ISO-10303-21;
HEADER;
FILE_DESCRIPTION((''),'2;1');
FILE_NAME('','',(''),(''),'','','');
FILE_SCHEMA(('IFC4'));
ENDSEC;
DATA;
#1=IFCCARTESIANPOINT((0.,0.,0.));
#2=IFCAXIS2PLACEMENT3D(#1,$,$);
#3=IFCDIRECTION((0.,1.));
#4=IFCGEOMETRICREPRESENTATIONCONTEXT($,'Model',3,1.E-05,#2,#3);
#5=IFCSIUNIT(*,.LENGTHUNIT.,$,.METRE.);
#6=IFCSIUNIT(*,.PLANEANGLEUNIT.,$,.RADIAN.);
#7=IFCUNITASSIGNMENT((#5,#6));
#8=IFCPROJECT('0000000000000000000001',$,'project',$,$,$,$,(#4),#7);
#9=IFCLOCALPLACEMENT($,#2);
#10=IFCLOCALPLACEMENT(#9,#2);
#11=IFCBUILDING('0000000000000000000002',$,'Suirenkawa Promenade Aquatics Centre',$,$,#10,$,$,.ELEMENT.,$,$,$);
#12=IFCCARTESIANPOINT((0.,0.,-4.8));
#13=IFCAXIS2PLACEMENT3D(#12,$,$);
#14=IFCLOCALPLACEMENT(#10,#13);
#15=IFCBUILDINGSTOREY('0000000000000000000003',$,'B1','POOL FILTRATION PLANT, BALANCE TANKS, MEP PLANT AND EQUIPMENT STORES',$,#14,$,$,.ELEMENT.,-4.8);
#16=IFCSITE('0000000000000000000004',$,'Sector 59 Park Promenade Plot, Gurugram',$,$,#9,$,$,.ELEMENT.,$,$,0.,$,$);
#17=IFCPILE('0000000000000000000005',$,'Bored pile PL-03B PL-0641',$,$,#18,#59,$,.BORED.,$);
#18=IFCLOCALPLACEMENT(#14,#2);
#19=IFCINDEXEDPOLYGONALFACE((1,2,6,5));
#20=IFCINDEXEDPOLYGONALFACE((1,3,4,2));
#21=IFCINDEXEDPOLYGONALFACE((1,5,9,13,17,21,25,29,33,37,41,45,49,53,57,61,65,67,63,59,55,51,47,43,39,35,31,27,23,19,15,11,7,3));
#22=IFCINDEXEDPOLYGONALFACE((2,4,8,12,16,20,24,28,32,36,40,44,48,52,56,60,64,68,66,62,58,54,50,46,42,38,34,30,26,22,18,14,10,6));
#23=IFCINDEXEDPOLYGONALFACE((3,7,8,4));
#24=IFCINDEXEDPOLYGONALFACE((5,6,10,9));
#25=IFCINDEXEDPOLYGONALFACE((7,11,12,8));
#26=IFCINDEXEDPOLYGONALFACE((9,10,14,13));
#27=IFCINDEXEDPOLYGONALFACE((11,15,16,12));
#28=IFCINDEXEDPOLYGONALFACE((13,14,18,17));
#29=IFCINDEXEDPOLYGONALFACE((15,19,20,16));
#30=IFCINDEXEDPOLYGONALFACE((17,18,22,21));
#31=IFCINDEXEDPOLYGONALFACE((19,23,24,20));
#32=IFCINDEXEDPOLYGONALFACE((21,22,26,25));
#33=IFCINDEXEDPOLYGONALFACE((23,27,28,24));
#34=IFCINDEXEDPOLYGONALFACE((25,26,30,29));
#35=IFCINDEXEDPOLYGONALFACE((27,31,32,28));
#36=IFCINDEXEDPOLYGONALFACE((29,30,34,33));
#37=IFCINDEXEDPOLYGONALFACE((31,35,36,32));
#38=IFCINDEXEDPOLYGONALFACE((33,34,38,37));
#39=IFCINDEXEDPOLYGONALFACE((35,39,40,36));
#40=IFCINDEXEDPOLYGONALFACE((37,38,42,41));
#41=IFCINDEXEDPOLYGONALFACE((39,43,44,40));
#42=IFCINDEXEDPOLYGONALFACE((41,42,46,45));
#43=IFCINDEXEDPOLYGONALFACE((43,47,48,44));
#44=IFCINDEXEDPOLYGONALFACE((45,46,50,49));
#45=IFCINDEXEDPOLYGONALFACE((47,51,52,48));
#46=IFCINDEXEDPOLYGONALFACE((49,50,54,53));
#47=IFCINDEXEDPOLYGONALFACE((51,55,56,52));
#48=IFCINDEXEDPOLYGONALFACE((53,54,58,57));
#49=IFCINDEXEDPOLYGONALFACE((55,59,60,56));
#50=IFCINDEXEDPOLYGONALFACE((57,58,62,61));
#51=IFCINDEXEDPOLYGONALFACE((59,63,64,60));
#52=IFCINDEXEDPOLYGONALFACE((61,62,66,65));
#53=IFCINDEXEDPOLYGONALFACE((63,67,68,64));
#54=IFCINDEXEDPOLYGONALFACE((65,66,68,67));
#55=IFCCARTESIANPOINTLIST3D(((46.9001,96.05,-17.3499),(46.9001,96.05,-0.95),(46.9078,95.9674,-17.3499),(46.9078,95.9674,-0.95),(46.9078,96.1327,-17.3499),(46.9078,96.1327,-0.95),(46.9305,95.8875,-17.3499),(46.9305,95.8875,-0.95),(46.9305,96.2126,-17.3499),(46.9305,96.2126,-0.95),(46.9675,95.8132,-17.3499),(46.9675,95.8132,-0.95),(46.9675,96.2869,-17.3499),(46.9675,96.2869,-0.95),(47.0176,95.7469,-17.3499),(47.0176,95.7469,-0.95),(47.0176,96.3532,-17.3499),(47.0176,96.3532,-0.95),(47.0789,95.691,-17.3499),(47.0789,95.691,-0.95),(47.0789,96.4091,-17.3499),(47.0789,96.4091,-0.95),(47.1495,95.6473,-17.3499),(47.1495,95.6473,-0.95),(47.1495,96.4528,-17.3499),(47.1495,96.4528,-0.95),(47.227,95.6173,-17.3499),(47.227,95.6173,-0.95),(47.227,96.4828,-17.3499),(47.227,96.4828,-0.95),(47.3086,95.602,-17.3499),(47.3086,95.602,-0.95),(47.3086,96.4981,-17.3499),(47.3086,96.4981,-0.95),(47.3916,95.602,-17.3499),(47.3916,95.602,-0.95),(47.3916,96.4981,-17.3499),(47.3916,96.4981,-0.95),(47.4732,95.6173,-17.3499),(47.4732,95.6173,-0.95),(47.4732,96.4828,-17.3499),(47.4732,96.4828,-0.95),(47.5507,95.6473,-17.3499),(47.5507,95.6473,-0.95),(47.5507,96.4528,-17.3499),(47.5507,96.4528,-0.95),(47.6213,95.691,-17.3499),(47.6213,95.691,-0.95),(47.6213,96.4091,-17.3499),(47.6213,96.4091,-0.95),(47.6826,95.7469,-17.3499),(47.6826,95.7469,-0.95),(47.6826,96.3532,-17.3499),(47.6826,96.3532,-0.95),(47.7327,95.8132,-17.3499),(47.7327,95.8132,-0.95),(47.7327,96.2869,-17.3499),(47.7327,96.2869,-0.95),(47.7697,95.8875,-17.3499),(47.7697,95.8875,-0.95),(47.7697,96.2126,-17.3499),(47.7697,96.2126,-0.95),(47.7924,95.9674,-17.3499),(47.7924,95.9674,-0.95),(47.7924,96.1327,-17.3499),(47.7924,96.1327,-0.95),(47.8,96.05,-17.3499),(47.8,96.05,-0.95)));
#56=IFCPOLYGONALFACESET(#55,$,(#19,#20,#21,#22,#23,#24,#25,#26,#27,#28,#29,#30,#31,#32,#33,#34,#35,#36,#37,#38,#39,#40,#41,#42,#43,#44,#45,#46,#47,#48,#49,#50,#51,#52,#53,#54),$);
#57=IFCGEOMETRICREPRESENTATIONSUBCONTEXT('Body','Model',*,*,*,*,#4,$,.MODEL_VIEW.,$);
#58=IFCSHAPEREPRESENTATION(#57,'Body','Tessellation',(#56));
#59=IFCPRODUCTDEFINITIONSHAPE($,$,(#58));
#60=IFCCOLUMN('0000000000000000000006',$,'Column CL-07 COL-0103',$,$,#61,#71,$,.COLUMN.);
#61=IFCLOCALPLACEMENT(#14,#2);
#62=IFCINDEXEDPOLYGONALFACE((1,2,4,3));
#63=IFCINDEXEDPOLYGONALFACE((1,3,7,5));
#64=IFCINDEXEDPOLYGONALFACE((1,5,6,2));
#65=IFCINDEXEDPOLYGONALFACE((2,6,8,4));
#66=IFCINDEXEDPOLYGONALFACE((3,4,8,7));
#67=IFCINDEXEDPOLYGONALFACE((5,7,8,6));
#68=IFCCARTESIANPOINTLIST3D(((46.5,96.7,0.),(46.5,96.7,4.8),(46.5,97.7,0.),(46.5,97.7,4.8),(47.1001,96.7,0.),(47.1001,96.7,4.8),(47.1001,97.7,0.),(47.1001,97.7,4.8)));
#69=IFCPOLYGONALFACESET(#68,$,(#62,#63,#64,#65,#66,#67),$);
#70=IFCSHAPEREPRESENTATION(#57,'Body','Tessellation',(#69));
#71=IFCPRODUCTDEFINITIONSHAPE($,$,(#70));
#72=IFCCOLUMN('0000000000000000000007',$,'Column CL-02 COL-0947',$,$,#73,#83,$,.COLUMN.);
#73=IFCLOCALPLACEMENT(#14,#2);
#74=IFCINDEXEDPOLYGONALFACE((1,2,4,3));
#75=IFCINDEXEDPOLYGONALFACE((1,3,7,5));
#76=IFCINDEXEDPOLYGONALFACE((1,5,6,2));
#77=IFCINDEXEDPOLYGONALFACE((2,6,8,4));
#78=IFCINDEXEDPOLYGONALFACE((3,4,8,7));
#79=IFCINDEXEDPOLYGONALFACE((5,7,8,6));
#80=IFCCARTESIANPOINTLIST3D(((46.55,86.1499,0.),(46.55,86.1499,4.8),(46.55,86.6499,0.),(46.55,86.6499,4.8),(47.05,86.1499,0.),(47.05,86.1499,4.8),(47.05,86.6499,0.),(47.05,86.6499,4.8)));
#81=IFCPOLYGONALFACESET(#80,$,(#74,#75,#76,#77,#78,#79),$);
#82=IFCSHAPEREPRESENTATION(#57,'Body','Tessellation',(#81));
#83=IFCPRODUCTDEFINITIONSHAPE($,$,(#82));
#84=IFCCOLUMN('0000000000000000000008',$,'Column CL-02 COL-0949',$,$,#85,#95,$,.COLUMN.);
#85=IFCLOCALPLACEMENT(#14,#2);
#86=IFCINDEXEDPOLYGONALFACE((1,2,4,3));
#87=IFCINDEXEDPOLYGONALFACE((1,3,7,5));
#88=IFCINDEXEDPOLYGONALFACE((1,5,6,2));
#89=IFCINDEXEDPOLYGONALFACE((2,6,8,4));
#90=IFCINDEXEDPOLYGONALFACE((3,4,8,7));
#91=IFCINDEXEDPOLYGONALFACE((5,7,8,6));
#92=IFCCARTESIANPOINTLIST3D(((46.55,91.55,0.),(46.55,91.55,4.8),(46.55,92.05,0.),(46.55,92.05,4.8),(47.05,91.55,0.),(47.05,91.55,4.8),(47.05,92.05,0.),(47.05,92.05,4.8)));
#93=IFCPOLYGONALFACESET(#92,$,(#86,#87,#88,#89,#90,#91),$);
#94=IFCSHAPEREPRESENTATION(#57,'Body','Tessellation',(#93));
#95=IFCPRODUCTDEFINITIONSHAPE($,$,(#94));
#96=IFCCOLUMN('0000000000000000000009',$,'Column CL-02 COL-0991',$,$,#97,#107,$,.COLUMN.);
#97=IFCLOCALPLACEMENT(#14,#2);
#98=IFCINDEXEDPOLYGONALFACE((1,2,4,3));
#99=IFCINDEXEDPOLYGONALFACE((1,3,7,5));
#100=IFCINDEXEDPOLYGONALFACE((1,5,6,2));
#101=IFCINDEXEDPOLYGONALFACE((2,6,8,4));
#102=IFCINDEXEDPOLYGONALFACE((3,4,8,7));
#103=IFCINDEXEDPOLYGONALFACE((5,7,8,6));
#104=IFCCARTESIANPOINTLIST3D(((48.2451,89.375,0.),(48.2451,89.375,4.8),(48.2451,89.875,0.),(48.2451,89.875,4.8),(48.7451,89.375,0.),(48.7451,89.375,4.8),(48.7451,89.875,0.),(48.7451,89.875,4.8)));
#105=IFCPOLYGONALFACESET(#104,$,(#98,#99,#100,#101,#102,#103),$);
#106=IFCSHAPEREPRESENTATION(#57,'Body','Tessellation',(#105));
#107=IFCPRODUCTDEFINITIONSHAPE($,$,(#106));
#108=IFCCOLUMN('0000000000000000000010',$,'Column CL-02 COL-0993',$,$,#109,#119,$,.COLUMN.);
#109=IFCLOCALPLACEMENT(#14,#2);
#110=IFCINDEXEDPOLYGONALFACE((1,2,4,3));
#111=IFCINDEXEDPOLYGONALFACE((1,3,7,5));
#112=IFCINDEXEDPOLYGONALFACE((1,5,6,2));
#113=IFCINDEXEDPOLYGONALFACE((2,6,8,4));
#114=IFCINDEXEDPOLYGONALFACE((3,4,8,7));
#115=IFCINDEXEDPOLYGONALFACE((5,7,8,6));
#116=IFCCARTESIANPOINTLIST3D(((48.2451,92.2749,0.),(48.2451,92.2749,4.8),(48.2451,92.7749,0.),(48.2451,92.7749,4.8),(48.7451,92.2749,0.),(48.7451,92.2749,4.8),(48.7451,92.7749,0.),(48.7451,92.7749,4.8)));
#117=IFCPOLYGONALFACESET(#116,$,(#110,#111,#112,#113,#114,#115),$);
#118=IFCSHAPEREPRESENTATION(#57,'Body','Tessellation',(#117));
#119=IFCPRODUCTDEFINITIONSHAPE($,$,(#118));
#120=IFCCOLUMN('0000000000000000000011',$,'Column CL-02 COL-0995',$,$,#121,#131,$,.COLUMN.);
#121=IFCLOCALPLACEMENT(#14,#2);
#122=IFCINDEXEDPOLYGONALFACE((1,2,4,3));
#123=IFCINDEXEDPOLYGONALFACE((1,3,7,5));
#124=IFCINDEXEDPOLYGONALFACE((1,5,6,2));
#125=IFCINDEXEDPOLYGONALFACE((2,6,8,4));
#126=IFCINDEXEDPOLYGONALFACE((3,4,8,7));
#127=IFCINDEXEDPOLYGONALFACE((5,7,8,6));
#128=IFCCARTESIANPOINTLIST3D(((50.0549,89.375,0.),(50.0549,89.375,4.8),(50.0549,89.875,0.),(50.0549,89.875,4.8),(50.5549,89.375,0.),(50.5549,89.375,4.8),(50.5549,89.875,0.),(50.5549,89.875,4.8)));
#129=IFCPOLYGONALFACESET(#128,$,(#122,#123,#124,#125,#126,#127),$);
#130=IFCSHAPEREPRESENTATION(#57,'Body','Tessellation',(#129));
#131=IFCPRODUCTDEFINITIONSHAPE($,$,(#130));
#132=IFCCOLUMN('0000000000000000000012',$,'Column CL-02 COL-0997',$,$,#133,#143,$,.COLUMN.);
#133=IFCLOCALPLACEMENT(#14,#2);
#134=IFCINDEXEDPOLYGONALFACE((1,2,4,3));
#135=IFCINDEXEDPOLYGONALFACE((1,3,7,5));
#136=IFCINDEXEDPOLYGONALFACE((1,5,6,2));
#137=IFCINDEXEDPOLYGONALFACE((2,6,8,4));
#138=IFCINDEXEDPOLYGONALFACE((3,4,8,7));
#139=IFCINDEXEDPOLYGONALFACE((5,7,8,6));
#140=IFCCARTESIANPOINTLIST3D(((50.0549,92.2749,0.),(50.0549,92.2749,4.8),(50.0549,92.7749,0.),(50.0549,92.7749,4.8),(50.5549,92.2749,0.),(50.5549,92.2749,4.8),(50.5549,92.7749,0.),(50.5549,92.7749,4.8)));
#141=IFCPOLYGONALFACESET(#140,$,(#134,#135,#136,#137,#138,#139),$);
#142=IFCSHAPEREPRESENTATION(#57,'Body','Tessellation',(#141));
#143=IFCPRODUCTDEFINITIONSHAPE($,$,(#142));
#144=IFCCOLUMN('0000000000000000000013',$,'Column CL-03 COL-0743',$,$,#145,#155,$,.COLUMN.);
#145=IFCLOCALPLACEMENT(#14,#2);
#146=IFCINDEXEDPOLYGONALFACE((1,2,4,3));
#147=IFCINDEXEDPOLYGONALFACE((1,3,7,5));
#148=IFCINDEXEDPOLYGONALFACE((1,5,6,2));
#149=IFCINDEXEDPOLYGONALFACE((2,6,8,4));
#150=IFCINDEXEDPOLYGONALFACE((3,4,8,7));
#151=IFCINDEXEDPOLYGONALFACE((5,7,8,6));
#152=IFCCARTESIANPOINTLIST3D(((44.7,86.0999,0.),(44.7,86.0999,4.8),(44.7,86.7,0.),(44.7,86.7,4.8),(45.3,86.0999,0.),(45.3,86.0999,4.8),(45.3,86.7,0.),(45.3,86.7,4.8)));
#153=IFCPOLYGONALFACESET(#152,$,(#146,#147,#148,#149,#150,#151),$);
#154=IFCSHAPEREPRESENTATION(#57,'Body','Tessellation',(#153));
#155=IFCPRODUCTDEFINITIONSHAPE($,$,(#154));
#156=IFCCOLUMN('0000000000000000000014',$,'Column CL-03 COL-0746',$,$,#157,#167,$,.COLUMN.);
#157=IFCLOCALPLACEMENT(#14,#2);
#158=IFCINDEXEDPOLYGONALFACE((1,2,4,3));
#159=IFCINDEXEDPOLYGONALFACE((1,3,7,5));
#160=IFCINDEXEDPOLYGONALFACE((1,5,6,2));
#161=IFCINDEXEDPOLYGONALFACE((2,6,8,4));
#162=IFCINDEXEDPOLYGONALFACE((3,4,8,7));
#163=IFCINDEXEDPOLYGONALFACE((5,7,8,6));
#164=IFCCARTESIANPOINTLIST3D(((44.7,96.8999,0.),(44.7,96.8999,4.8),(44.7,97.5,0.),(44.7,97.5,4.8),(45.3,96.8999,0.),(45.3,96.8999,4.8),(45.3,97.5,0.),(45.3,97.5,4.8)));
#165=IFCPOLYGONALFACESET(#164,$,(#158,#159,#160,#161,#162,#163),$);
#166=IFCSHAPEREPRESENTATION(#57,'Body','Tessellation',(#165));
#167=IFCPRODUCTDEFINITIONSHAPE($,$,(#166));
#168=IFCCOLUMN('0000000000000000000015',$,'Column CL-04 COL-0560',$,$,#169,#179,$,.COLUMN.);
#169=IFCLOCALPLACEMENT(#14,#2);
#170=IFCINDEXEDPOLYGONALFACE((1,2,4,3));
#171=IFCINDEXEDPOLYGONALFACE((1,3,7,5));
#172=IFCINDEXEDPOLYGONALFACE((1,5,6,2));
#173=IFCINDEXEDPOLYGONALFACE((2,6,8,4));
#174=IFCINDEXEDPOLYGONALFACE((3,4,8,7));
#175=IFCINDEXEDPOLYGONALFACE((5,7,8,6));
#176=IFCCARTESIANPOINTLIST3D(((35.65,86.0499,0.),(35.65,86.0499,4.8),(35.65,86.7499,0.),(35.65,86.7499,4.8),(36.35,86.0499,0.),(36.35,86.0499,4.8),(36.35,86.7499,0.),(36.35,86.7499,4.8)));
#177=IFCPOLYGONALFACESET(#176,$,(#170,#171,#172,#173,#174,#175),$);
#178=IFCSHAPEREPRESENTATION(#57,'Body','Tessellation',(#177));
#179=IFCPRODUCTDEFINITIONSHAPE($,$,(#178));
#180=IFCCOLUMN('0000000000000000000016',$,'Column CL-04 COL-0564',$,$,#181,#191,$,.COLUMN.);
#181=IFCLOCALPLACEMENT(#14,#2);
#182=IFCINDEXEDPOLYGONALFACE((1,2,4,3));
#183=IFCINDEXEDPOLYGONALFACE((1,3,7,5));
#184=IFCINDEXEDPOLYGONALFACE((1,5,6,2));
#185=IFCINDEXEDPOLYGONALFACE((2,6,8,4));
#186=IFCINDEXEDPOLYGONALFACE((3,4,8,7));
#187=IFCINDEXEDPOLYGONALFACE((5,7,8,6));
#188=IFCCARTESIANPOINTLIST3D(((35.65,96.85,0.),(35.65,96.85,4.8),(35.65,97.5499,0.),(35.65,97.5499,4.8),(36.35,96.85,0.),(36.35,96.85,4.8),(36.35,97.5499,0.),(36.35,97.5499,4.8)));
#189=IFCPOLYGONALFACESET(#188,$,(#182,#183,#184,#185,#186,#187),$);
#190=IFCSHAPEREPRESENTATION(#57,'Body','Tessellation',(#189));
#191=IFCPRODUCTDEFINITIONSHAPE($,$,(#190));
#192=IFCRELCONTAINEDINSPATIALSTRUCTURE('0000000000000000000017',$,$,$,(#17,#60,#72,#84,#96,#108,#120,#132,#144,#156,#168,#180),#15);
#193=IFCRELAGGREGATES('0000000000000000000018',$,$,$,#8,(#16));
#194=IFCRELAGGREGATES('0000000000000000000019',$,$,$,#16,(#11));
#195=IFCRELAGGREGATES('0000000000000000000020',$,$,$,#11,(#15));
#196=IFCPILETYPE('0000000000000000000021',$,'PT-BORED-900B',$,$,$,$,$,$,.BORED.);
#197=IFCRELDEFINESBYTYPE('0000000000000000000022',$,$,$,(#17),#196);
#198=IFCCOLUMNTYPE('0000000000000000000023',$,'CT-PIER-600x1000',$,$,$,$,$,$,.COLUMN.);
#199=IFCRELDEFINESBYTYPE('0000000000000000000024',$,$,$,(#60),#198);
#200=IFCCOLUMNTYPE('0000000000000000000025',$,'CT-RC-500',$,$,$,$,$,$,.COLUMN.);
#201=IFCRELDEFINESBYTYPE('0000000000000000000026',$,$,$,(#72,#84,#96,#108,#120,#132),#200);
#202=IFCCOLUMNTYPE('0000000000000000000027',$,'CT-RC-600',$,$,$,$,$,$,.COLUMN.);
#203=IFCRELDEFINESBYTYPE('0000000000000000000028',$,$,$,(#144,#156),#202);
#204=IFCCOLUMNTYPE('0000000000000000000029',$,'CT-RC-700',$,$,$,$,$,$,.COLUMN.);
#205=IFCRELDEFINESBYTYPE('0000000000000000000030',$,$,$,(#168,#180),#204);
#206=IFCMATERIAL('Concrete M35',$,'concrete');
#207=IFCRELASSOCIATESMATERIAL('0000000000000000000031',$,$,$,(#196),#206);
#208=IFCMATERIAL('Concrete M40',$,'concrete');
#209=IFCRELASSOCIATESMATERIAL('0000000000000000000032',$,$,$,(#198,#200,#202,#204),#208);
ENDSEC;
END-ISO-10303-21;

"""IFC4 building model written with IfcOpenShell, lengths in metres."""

from ifc_helpers import new_model, si_unit, direction, frame, origin, origin_2d, place, context, subcontext, project, spatial, rectangle, circle, extrude, material, material_profile, profile_set, type_object, element, save


model = new_model("IFC4")

# Units and contexts
model_context = context("Model", 3, precision=1e-05, world=origin(), true_north=direction((0.0, 1.0)))
body_context = subcontext(model_context, "Body", "Model", "MODEL_VIEW")
ifc_project = project(units=[si_unit("LENGTHUNIT", "METRE"), si_unit("PLANEANGLEUNIT", "RADIAN")], contexts=[model_context])

# Site, building, storey
site_placement = place(None, origin())
site = spatial("IfcSite", under=ifc_project, at=site_placement, Name="Sector 59 Park Promenade Plot, Gurugram", CompositionType="ELEMENT", RefElevation=0.0)
building_placement = place(site_placement, origin())
building = spatial("IfcBuilding", under=site, at=building_placement, Name="Suirenkawa Promenade Aquatics Centre", CompositionType="ELEMENT")
storey_placement = place(building_placement, frame((0.0, 0.0, -4.8)))
storey = spatial("IfcBuildingStorey", under=building, at=storey_placement, Name="B1", Description="POOL FILTRATION PLANT, BALANCE TANKS, MEP PLANT AND EQUIPMENT STORES", CompositionType="ELEMENT", Elevation=-4.8)

# Shared definitions
ifc_material_1 = material(Name="Concrete M35", Category="concrete")

# Pile
ifc_material_profile_1 = material_profile(ifc_material_1, circle(Radius=0.45, at=origin_2d()), Name="PILE D900", Category="concrete")
ifc_profile_set_1 = profile_set([ifc_material_profile_1], Name="Concrete M35")
pile_type_1 = type_object("IfcPileType", Name="PT-BORED-900B", PredefinedType="BORED", material=ifc_profile_set_1)
for number, where, z_axis, x_axis, name in (
    (1, (47.3501, 96.05, -0.95), (0.0, 0.0, -1.0), (1.0, 0.0, 0.0), "Bored pile PL-03B PL-0641"),
):
    element("IfcPile", number, at=place(storey_placement, frame(where, z_axis=z_axis, x_axis=x_axis)), inside=storey, type_object=pile_type_1, Name=name, PredefinedType="BORED", context=body_context, shape_type="SweptSolid", body=[
        extrude(circle(Radius=0.45, at=origin_2d()), origin(), (0.0, 0.0, 1.0), 16.3999),
    ])

# Columns
ifc_material_2 = material(Name="Concrete M40", Category="concrete")
ifc_material_profile_2 = material_profile(ifc_material_2, rectangle(XDim=0.6001, YDim=1.0, at=origin_2d()), Name="RC PIER 600x1000", Category="concrete")
ifc_profile_set_2 = profile_set([ifc_material_profile_2], Name="Concrete M40")
column_type_1 = type_object("IfcColumnType", Name="CT-PIER-600x1000", PredefinedType="COLUMN", material=ifc_profile_set_2)
column_placement = place(storey_placement, frame((46.8, 97.2, 0.0), z_axis=(0.0, 0.0, 1.0), x_axis=(1.0, 0.0, 0.0)))
element("IfcColumn", 2, at=column_placement, inside=storey, type_object=column_type_1, Name="Column CL-07 COL-0103", PredefinedType="COLUMN", context=body_context, shape_type="SweptSolid", body=[
    extrude(rectangle(XDim=0.6001, YDim=1.0, at=origin_2d()), origin(), (0.0, 0.0, 1.0), 4.8),
])
ifc_material_profile_3 = material_profile(ifc_material_2, rectangle(XDim=0.5, YDim=0.5, at=origin_2d()), Name="RC COL 500x500", Category="concrete")
ifc_profile_set_3 = profile_set([ifc_material_profile_3], Name="Concrete M40")
column_type_2 = type_object("IfcColumnType", Name="CT-RC-500", PredefinedType="COLUMN", material=ifc_profile_set_3)
for number, where, z_axis, x_axis, name in (
    (3, (46.8, 86.3999, 0.0), (0.0, 0.0, 1.0), (1.0, 0.0, 0.0), "Column CL-02 COL-0947"),
    (4, (46.8, 91.8, 0.0), (0.0, 0.0, 1.0), (1.0, 0.0, 0.0), "Column CL-02 COL-0949"),
    (5, (48.4951, 89.625, 0.0), (0.0, 0.0, 1.0), (1.0, 0.0, 0.0), "Column CL-02 COL-0991"),
    (6, (48.4951, 92.5249, 0.0), (0.0, 0.0, 1.0), (1.0, 0.0, 0.0), "Column CL-02 COL-0993"),
    (7, (50.3049, 89.625, 0.0), (0.0, 0.0, 1.0), (1.0, 0.0, 0.0), "Column CL-02 COL-0995"),
    (8, (50.3049, 92.5249, 0.0), (0.0, 0.0, 1.0), (1.0, 0.0, 0.0), "Column CL-02 COL-0997"),
):
    element("IfcColumn", number, at=place(storey_placement, frame(where, z_axis=z_axis, x_axis=x_axis)), inside=storey, type_object=column_type_2, Name=name, PredefinedType="COLUMN", context=body_context, shape_type="SweptSolid", body=[
        extrude(rectangle(XDim=0.5, YDim=0.5, at=origin_2d()), origin(), (0.0, 0.0, 1.0), 4.8),
    ])
ifc_material_profile_4 = material_profile(ifc_material_2, rectangle(XDim=0.6001, YDim=0.6001, at=origin_2d()), Name="RC COL 600x600", Category="concrete")
ifc_profile_set_4 = profile_set([ifc_material_profile_4], Name="Concrete M40")
column_type_3 = type_object("IfcColumnType", Name="CT-RC-600", PredefinedType="COLUMN", material=ifc_profile_set_4)
for number, where, z_axis, x_axis, name in (
    (9, (45.0, 86.3999, 0.0), (0.0, 0.0, 1.0), (1.0, 0.0, 0.0), "Column CL-03 COL-0743"),
    (10, (45.0, 97.2, 0.0), (0.0, 0.0, 1.0), (1.0, 0.0, 0.0), "Column CL-03 COL-0746"),
):
    element("IfcColumn", number, at=place(storey_placement, frame(where, z_axis=z_axis, x_axis=x_axis)), inside=storey, type_object=column_type_3, Name=name, PredefinedType="COLUMN", context=body_context, shape_type="SweptSolid", body=[
        extrude(rectangle(XDim=0.6001, YDim=0.6001, at=origin_2d()), origin(), (0.0, 0.0, 1.0), 4.8),
    ])
ifc_material_profile_5 = material_profile(ifc_material_2, rectangle(XDim=0.7, YDim=0.7, at=origin_2d()), Name="RC COL 700x700", Category="concrete")
ifc_profile_set_5 = profile_set([ifc_material_profile_5], Name="Concrete M40")
column_type_4 = type_object("IfcColumnType", Name="CT-RC-700", PredefinedType="COLUMN", material=ifc_profile_set_5)
for number, where, z_axis, x_axis, name in (
    (11, (36.0, 86.3999, 0.0), (0.0, 0.0, 1.0), (1.0, 0.0, 0.0), "Column CL-04 COL-0560"),
    (12, (36.0, 97.2, 0.0), (0.0, 0.0, 1.0), (1.0, 0.0, 0.0), "Column CL-04 COL-0564"),
):
    element("IfcColumn", number, at=place(storey_placement, frame(where, z_axis=z_axis, x_axis=x_axis)), inside=storey, type_object=column_type_4, Name=name, PredefinedType="COLUMN", context=body_context, shape_type="SweptSolid", body=[
        extrude(rectangle(XDim=0.7, YDim=0.7, at=origin_2d()), origin(), (0.0, 0.0, 1.0), 4.8),
    ])

save(model, "model.ifc")
